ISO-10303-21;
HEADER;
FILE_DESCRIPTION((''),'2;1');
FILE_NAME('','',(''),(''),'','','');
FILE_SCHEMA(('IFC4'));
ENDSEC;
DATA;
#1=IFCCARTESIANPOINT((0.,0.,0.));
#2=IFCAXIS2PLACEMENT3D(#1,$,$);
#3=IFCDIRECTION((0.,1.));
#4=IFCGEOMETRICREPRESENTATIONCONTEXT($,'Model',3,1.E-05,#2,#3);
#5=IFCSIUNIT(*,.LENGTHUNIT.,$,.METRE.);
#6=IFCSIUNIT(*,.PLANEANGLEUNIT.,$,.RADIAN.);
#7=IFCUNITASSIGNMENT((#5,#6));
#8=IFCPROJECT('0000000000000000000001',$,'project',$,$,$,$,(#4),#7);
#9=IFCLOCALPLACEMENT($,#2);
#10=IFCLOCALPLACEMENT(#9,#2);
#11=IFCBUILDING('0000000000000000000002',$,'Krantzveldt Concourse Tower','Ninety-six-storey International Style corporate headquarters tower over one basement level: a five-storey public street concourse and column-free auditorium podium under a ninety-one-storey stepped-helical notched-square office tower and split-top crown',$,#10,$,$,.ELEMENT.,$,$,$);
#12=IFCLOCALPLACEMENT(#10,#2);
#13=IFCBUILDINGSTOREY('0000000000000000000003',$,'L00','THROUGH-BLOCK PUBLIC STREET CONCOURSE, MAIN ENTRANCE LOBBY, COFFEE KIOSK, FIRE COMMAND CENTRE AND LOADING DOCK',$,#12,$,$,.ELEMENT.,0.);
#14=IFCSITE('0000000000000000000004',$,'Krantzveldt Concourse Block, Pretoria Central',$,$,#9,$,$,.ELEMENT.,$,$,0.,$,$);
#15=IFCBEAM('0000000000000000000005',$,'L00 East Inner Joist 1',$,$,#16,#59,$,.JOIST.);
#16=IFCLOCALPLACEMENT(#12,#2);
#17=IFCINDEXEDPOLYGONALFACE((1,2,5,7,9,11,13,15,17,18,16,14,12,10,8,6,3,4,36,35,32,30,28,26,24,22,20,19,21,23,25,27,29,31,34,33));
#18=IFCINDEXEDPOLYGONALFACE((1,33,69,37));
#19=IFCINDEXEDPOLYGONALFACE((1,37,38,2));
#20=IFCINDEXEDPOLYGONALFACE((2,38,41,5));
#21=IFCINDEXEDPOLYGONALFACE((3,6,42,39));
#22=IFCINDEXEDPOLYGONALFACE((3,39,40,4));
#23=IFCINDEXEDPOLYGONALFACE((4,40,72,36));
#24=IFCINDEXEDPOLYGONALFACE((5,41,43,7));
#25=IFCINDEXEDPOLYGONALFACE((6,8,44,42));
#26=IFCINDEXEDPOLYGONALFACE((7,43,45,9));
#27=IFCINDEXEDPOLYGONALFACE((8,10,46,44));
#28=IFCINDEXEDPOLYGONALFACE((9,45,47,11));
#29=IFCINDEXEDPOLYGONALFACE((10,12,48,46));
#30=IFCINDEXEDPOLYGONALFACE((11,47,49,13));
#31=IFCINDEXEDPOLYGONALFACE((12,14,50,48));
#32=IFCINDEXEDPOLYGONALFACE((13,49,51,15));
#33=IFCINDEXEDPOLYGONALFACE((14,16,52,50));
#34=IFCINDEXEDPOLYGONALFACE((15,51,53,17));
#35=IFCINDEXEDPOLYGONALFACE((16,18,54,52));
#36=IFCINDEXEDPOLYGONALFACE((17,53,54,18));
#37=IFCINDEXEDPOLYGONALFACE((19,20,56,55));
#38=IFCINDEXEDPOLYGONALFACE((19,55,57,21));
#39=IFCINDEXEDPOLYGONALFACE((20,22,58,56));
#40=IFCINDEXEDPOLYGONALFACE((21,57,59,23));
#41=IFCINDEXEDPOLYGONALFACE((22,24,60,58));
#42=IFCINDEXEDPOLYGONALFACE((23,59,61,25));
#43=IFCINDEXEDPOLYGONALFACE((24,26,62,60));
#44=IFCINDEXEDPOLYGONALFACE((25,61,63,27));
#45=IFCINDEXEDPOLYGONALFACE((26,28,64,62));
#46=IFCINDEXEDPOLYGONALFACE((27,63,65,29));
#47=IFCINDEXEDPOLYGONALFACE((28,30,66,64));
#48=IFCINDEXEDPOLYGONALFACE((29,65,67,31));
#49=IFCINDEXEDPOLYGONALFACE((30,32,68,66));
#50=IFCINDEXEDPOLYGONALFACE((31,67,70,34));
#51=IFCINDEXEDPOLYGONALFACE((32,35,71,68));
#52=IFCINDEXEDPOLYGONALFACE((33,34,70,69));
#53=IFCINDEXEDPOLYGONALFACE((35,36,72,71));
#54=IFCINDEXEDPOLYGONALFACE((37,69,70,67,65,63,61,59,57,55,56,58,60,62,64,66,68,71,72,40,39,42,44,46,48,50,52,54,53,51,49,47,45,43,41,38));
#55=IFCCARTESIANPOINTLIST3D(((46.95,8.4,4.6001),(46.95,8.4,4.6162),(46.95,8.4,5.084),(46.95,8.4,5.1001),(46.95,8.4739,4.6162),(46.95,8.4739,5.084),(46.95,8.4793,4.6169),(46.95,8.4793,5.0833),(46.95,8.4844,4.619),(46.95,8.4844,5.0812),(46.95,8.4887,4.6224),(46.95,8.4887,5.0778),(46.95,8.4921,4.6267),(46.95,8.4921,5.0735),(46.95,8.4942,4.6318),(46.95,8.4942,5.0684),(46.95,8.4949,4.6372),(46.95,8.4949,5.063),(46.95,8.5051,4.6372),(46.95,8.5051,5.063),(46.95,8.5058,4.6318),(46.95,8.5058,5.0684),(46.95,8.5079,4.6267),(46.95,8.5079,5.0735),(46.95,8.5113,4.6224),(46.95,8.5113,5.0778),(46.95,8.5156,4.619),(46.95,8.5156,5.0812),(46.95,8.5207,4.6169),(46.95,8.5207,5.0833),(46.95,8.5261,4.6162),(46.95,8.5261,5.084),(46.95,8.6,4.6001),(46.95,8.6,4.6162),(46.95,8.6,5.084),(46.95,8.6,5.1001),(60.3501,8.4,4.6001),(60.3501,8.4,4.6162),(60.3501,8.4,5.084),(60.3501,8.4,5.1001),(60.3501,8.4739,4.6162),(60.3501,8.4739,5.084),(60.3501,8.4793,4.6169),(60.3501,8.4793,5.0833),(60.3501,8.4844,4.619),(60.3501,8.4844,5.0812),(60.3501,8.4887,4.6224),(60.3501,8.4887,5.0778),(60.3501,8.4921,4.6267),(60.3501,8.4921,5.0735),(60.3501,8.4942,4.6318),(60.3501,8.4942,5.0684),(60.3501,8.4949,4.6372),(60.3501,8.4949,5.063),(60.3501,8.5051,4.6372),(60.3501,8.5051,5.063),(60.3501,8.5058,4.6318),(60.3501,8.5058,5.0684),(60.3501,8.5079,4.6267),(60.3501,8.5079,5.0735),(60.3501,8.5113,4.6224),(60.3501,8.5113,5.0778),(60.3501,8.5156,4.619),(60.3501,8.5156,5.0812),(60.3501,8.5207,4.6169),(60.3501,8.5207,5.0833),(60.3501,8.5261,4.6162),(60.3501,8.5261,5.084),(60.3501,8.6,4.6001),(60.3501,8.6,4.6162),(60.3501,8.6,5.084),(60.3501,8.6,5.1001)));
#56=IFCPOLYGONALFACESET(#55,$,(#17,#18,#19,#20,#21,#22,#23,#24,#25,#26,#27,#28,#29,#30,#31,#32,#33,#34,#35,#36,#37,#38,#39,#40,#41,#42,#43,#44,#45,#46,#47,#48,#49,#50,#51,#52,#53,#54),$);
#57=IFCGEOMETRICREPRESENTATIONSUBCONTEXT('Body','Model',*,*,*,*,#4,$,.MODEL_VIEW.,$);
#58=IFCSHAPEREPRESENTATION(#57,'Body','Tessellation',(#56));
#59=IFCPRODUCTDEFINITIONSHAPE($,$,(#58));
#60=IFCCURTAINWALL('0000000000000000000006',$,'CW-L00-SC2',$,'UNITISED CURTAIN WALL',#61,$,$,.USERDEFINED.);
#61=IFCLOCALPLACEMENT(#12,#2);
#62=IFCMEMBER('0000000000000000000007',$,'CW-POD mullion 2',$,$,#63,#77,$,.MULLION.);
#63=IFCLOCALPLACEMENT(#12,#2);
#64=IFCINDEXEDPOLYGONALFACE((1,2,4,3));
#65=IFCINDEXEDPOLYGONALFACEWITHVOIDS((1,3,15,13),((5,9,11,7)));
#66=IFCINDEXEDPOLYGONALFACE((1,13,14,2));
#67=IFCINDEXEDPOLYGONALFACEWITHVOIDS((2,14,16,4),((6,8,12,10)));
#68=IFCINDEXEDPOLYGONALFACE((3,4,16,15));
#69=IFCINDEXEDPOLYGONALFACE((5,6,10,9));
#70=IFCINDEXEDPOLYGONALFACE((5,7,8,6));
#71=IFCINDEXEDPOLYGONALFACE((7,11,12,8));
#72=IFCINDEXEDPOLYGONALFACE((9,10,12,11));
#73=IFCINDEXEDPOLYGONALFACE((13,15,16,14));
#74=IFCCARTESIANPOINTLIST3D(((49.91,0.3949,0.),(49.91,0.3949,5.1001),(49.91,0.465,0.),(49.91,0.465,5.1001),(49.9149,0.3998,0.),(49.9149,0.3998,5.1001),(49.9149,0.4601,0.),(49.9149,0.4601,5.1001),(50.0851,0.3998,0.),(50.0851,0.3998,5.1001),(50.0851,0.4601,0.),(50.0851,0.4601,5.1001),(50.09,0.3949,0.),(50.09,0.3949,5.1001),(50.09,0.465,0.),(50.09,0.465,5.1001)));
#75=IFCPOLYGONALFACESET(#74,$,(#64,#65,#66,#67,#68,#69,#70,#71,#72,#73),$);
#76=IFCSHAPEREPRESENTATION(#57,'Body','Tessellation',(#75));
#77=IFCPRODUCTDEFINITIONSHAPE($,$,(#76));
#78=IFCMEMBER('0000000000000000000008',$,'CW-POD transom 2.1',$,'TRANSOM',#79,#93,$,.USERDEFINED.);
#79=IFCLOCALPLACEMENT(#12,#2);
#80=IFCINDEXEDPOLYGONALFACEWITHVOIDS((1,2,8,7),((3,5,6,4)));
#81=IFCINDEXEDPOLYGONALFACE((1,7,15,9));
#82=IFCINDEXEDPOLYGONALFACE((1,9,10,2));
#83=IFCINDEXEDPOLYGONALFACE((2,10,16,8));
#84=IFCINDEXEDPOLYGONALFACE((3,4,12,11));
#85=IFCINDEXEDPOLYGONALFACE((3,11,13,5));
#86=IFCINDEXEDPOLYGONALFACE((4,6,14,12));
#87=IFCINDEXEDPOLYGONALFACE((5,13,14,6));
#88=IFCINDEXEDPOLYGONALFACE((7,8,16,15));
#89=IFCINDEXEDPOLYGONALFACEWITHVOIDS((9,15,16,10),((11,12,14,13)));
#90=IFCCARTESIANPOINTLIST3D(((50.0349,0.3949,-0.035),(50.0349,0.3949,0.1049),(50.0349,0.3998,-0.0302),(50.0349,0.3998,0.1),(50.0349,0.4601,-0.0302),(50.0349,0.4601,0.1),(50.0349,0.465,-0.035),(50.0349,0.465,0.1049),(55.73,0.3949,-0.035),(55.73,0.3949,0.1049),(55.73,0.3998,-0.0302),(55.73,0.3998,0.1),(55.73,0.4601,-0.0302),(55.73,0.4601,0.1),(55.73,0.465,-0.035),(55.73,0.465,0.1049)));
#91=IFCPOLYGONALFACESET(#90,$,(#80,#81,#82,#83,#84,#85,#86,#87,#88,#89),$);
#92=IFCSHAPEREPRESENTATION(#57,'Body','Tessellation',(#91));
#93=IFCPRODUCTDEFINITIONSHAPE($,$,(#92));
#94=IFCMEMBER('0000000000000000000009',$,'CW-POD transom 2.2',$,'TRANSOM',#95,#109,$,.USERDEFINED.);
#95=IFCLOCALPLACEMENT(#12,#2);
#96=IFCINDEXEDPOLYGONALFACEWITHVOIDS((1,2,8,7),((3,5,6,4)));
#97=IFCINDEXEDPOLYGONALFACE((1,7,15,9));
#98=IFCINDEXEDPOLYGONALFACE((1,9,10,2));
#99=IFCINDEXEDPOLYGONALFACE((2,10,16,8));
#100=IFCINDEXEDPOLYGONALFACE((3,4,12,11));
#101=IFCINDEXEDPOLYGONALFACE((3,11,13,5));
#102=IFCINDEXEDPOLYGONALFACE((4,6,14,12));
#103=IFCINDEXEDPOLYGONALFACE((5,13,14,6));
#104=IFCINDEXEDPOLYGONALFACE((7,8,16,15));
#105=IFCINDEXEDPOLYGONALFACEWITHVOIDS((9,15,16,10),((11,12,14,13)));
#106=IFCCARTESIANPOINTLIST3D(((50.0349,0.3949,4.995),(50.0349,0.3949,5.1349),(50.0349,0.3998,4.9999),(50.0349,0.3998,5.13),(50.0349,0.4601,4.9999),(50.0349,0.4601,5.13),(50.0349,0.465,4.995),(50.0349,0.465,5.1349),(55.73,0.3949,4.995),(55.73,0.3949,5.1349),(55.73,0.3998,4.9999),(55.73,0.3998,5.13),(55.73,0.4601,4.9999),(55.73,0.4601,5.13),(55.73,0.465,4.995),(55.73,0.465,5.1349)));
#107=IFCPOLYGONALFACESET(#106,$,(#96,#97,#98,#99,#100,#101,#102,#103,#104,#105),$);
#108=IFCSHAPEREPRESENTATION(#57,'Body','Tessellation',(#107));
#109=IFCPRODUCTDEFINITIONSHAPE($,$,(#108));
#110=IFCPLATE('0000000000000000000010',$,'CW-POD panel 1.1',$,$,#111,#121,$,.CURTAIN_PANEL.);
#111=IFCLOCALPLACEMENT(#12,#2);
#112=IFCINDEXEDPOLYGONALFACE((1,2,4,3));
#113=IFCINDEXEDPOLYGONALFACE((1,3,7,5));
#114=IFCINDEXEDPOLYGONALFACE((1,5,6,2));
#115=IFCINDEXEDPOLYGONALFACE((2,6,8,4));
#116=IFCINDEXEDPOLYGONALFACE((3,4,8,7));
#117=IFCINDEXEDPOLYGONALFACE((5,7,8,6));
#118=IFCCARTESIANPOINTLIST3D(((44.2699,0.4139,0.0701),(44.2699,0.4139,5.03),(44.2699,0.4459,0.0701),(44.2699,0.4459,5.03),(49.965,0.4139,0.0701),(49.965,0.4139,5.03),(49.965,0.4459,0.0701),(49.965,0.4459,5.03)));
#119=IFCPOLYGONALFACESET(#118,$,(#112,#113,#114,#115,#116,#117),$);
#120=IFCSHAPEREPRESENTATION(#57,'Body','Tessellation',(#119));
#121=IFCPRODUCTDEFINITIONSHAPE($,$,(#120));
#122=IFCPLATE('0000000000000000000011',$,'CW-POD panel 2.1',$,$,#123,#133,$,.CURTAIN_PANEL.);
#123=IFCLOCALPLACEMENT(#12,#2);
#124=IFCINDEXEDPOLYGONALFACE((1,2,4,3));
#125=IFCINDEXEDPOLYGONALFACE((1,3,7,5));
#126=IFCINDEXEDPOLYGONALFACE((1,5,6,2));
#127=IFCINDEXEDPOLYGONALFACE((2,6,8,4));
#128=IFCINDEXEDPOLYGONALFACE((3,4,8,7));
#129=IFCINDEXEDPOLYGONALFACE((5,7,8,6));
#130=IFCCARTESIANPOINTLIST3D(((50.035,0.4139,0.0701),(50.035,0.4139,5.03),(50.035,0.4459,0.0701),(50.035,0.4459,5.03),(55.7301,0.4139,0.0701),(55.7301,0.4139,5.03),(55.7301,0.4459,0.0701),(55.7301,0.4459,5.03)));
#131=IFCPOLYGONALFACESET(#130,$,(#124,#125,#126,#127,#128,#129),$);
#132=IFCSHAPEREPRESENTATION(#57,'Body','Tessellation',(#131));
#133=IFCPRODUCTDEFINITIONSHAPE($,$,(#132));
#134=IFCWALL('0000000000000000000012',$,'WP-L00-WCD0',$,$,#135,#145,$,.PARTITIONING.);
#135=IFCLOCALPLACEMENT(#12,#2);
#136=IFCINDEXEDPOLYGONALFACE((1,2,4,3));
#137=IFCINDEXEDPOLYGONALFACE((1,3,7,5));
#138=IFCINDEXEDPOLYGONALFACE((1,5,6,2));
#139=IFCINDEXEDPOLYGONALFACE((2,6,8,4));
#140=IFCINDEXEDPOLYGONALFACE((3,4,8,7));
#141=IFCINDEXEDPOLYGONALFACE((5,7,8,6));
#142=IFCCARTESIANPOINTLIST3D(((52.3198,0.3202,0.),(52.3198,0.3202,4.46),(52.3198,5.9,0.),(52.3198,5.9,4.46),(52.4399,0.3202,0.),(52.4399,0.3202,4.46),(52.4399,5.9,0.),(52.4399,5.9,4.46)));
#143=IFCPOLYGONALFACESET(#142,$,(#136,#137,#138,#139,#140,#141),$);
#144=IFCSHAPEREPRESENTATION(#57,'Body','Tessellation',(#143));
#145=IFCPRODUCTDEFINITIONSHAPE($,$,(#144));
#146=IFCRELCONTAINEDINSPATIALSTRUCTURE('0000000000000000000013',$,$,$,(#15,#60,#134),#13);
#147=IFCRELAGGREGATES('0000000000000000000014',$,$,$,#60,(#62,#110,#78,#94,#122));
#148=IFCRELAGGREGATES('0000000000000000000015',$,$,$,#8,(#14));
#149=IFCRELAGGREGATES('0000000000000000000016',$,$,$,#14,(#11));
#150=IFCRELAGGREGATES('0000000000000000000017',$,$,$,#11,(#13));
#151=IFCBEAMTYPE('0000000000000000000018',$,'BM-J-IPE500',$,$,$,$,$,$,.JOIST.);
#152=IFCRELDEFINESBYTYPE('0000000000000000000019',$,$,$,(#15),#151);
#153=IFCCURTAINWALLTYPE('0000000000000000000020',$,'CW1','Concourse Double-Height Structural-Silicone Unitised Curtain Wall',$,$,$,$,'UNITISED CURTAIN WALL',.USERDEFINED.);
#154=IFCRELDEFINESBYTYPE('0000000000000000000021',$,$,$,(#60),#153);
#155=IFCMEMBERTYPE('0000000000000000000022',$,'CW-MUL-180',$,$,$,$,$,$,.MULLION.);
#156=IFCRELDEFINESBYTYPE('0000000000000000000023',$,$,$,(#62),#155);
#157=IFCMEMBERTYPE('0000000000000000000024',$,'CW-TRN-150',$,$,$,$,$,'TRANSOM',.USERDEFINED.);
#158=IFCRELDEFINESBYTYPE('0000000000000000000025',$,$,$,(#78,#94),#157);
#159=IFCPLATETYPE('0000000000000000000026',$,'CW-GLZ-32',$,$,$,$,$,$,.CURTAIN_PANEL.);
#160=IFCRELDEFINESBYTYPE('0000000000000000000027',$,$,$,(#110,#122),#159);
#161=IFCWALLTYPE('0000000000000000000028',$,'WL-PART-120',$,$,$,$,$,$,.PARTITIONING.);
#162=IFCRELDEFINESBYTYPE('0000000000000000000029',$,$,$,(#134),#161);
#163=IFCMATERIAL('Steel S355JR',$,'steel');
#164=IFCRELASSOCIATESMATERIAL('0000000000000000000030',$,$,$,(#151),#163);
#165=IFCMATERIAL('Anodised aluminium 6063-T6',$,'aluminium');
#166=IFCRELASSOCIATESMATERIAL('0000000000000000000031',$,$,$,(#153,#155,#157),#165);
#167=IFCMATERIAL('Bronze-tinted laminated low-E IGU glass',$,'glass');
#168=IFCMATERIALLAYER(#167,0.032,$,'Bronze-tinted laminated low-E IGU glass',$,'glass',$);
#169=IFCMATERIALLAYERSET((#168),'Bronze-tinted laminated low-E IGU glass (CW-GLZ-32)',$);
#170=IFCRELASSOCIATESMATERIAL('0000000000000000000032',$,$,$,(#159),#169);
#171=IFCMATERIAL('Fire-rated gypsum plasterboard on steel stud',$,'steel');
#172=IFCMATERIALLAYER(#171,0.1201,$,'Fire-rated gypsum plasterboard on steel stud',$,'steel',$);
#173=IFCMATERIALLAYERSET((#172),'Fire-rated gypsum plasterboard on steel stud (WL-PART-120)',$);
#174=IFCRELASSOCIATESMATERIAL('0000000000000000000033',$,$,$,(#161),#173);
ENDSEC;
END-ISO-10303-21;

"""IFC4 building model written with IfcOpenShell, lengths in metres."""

from ifc_helpers import new_model, si_unit, direction, frame, frame_2d, origin, origin_2d, place, context, subcontext, project, spatial, rectangle, hollow_rectangle, i_section, extrude, source, transform, mapped, material, layer, layer_set, material_profile, profile_set, type_object, type_shapes, element, aggregate, save


model = new_model("IFC4")

# Units and contexts
model_context = context("Model", 3, precision=1e-05, world=origin(), true_north=direction((0.0, 1.0)))
body_context = subcontext(model_context, "Body", "Model", "MODEL_VIEW")
ifc_project = project(units=[si_unit("LENGTHUNIT", "METRE"), si_unit("PLANEANGLEUNIT", "RADIAN")], contexts=[model_context])

# Site, building, storey
site_placement = place(None, origin())
site = spatial("IfcSite", under=ifc_project, at=site_placement, Name="Krantzveldt Concourse Block, Pretoria Central", CompositionType="ELEMENT", RefElevation=0.0)
building_placement = place(site_placement, origin())
building = spatial("IfcBuilding", under=site, at=building_placement, Name="Krantzveldt Concourse Tower", Description="Ninety-six-storey International Style corporate headquarters tower over one basement level: a five-storey public street concourse and column-free auditorium podium under a ninety-one-storey stepped-helical notched-square office tower and split-top crown", CompositionType="ELEMENT")
storey_placement = place(building_placement, origin())
storey = spatial("IfcBuildingStorey", under=building, at=storey_placement, Name="L00", Description="THROUGH-BLOCK PUBLIC STREET CONCOURSE, MAIN ENTRANCE LOBBY, COFFEE KIOSK, FIRE COMMAND CENTRE AND LOADING DOCK", CompositionType="ELEMENT", Elevation=0.0)

# Beam
ifc_material_1 = material(Name="Steel S355JR", Category="steel")
ifc_material_profile_1 = material_profile(ifc_material_1, i_section(OverallWidth=0.2, OverallDepth=0.5, WebThickness=0.0103, FlangeThickness=0.0161, FilletRadius=0.021, at=origin_2d()), Name="Steel S355JR", Category="steel")
ifc_profile_set_1 = profile_set([ifc_material_profile_1], Name="Steel S355JR - IPE 500")
beam_type_1 = type_object("IfcBeamType", Name="BM-J-IPE500", PredefinedType="JOIST", material=ifc_profile_set_1)
shared_shape_1 = source(origin(), body_context, "Body", "SweptSolid", [
    extrude(i_section(OverallWidth=0.2, OverallDepth=0.5, WebThickness=0.0103, FlangeThickness=0.0161, FilletRadius=0.021, at=origin_2d()), origin(), (0.0, 0.0, 1.0), 13.4001),
])
type_shapes(beam_type_1, [shared_shape_1])
beam_1_placement = place(storey_placement, frame((46.95, 8.5, 4.8501), z_axis=(1.0, 0.0, 0.0), x_axis=(0.0, 1.0, 0.0)))
element("IfcBeam", 1, at=beam_1_placement, inside=storey, type_object=beam_type_1, Name="L00 East Inner Joist 1", PredefinedType="JOIST", context=body_context, shape_type="MappedRepresentation", body=[
    mapped(shared_shape_1, transform((0.0, 0.0, 0.0), x_axis=(1.0, 0.0, 0.0), y_axis=(0.0, 1.0, 0.0), z_axis=(0.0, 0.0, 1.0), scale=1.0)),
])

# Curtain wall, members, plates
ifc_material_2 = material(Name="Anodised aluminium 6063-T6", Category="aluminium")
curtain_wall_type = type_object("IfcCurtainWallType", Name="CW1", Description="Concourse Double-Height Structural-Silicone Unitised Curtain Wall", ElementType="UNITISED CURTAIN WALL", PredefinedType="USERDEFINED", material=ifc_material_2)
curtain_wall_placement = place(storey_placement, origin())
curtain_wall = element("IfcCurtainWall", 2, at=curtain_wall_placement, inside=storey, type_object=curtain_wall_type, Name="CW-L00-SC2", ObjectType="UNITISED CURTAIN WALL", PredefinedType="USERDEFINED")
ifc_material_profile_2 = material_profile(ifc_material_2, hollow_rectangle(XDim=0.0701, YDim=0.1799, WallThickness=0.0049, at=origin_2d()), Name="Anodised aluminium 6063-T6", Category="aluminium")
ifc_profile_set_2 = profile_set([ifc_material_profile_2], Name="Anodised aluminium 6063-T6 - ALU-MULL 180x70x5")
member_type_1 = type_object("IfcMemberType", Name="CW-MUL-180", PredefinedType="MULLION", material=ifc_profile_set_2)
shared_shape_2 = source(origin(), body_context, "Body", "SweptSolid", [
    extrude(hollow_rectangle(XDim=0.0701, YDim=0.1799, WallThickness=0.0049, at=origin_2d()), origin(), (0.0, 0.0, 1.0), 5.1001),
])
type_shapes(member_type_1, [shared_shape_2])
member_1_placement = place(storey_placement, frame((50.0, 0.4299, 0.0), z_axis=(0.0, 0.0, 1.0), x_axis=(0.0, 1.0, 0.0)))
member_1 = element("IfcMember", 3, at=member_1_placement, type_object=member_type_1, Name="CW-POD mullion 2", PredefinedType="MULLION", context=body_context, shape_type="MappedRepresentation", body=[
    mapped(shared_shape_2, transform((0.0, 0.0, 0.0), x_axis=(1.0, 0.0, 0.0), y_axis=(0.0, 1.0, 0.0), z_axis=(0.0, 0.0, 1.0), scale=1.0)),
])
ifc_material_profile_3 = material_profile(ifc_material_2, hollow_rectangle(XDim=0.0701, YDim=0.1399, WallThickness=0.0049, at=origin_2d()), Name="Anodised aluminium 6063-T6", Category="aluminium")
ifc_profile_set_3 = profile_set([ifc_material_profile_3], Name="Anodised aluminium 6063-T6 - ALU-TRAN 140x70x5")
member_type_2 = type_object("IfcMemberType", Name="CW-TRN-150", ElementType="TRANSOM", PredefinedType="USERDEFINED", material=ifc_profile_set_3)
shared_shape_3 = source(origin(), body_context, "Body", "SweptSolid", [
    extrude(hollow_rectangle(XDim=0.0701, YDim=0.1399, WallThickness=0.0049, at=origin_2d()), origin(), (0.0, 0.0, 1.0), 5.6951),
])
type_shapes(member_type_2, [shared_shape_3])
member_2_placement = place(storey_placement, frame((50.0349, 0.4299, 0.0349), z_axis=(1.0, 0.0, 0.0), x_axis=(0.0, 1.0, 0.0)))
member_2 = element("IfcMember", 4, at=member_2_placement, type_object=member_type_2, Name="CW-POD transom 2.1", ObjectType="TRANSOM", PredefinedType="USERDEFINED", context=body_context, shape_type="MappedRepresentation", body=[
    mapped(shared_shape_3, transform((0.0, 0.0, 0.0), x_axis=(1.0, 0.0, 0.0), y_axis=(0.0, 1.0, 0.0), z_axis=(0.0, 0.0, 1.0), scale=1.0)),
])
member_3_placement = place(storey_placement, frame((50.0349, 0.4299, 5.0649), z_axis=(1.0, 0.0, 0.0), x_axis=(0.0, 1.0, 0.0)))
member_3 = element("IfcMember", 5, at=member_3_placement, type_object=member_type_2, Name="CW-POD transom 2.2", ObjectType="TRANSOM", PredefinedType="USERDEFINED", context=body_context, shape_type="MappedRepresentation", body=[
    mapped(shared_shape_3, transform((0.0, 0.0, 0.0), x_axis=(1.0, 0.0, 0.0), y_axis=(0.0, 1.0, 0.0), z_axis=(0.0, 0.0, 1.0), scale=1.0)),
])
ifc_material_3 = material(Name="Bronze-tinted laminated low-E IGU glass", Category="glass")
ifc_layer_1 = layer(ifc_material_3, 0.032, Name="Bronze-tinted laminated low-E IGU glass", Category="glass")
ifc_layer_set_1 = layer_set([ifc_layer_1], Name="Bronze-tinted laminated low-E IGU glass (CW-GLZ-32)")
plate_type = type_object("IfcPlateType", Name="CW-GLZ-32", PredefinedType="CURTAIN_PANEL", material=ifc_layer_set_1)
shared_shape_4 = source(origin(), body_context, "Body", "SweptSolid", [
    extrude(rectangle(XDim=5.6951, YDim=0.032, at=origin_2d()), origin(), (0.0, 0.0, 1.0), 4.96),
])
type_shapes(plate_type, [shared_shape_4])
plate_1_placement = place(storey_placement, frame((47.1174, 0.4299, 0.0701), z_axis=(0.0, 0.0, 1.0), x_axis=(1.0, 0.0, 0.0)))
plate_1 = element("IfcPlate", 6, at=plate_1_placement, type_object=plate_type, Name="CW-POD panel 1.1", PredefinedType="CURTAIN_PANEL", context=body_context, shape_type="MappedRepresentation", body=[
    mapped(shared_shape_4, transform((0.0, 0.0, 0.0), x_axis=(1.0, 0.0, 0.0), y_axis=(0.0, 1.0, 0.0), z_axis=(0.0, 0.0, 1.0), scale=1.0)),
])
plate_2_placement = place(storey_placement, frame((52.8826, 0.4299, 0.0701), z_axis=(0.0, 0.0, 1.0), x_axis=(1.0, 0.0, 0.0)))
plate_2 = element("IfcPlate", 7, at=plate_2_placement, type_object=plate_type, Name="CW-POD panel 2.1", PredefinedType="CURTAIN_PANEL", context=body_context, shape_type="MappedRepresentation", body=[
    mapped(shared_shape_4, transform((0.0, 0.0, 0.0), x_axis=(1.0, 0.0, 0.0), y_axis=(0.0, 1.0, 0.0), z_axis=(0.0, 0.0, 1.0), scale=1.0)),
])
aggregate(curtain_wall, [member_1, plate_1, member_2, member_3, plate_2])

# Wall
ifc_material_4 = material(Name="Fire-rated gypsum plasterboard on steel stud", Category="steel")
ifc_layer_2 = layer(ifc_material_4, 0.1201, Name="Fire-rated gypsum plasterboard on steel stud", Category="steel")
ifc_layer_set_2 = layer_set([ifc_layer_2], Name="Fire-rated gypsum plasterboard on steel stud (WL-PART-120)")
wall_type_1 = type_object("IfcWallType", Name="WL-PART-120", PredefinedType="PARTITIONING", material=ifc_layer_set_2)
wall_1_placement = place(storey_placement, frame((52.3799, 0.3201, 0.0), z_axis=(0.0, 0.0, 1.0), x_axis=(0.0, 1.0, 0.0)))
element("IfcWall", 8, at=wall_1_placement, inside=storey, type_object=wall_type_1, Name="WP-L00-WCD0", PredefinedType="PARTITIONING", context=body_context, shape_type="SweptSolid", body=[
    extrude(rectangle(XDim=5.5798, YDim=0.1201, at=frame_2d((2.79, 0.0))), origin(), (0.0, 0.0, 1.0), 4.46),
])

save(model, "model.ifc")
